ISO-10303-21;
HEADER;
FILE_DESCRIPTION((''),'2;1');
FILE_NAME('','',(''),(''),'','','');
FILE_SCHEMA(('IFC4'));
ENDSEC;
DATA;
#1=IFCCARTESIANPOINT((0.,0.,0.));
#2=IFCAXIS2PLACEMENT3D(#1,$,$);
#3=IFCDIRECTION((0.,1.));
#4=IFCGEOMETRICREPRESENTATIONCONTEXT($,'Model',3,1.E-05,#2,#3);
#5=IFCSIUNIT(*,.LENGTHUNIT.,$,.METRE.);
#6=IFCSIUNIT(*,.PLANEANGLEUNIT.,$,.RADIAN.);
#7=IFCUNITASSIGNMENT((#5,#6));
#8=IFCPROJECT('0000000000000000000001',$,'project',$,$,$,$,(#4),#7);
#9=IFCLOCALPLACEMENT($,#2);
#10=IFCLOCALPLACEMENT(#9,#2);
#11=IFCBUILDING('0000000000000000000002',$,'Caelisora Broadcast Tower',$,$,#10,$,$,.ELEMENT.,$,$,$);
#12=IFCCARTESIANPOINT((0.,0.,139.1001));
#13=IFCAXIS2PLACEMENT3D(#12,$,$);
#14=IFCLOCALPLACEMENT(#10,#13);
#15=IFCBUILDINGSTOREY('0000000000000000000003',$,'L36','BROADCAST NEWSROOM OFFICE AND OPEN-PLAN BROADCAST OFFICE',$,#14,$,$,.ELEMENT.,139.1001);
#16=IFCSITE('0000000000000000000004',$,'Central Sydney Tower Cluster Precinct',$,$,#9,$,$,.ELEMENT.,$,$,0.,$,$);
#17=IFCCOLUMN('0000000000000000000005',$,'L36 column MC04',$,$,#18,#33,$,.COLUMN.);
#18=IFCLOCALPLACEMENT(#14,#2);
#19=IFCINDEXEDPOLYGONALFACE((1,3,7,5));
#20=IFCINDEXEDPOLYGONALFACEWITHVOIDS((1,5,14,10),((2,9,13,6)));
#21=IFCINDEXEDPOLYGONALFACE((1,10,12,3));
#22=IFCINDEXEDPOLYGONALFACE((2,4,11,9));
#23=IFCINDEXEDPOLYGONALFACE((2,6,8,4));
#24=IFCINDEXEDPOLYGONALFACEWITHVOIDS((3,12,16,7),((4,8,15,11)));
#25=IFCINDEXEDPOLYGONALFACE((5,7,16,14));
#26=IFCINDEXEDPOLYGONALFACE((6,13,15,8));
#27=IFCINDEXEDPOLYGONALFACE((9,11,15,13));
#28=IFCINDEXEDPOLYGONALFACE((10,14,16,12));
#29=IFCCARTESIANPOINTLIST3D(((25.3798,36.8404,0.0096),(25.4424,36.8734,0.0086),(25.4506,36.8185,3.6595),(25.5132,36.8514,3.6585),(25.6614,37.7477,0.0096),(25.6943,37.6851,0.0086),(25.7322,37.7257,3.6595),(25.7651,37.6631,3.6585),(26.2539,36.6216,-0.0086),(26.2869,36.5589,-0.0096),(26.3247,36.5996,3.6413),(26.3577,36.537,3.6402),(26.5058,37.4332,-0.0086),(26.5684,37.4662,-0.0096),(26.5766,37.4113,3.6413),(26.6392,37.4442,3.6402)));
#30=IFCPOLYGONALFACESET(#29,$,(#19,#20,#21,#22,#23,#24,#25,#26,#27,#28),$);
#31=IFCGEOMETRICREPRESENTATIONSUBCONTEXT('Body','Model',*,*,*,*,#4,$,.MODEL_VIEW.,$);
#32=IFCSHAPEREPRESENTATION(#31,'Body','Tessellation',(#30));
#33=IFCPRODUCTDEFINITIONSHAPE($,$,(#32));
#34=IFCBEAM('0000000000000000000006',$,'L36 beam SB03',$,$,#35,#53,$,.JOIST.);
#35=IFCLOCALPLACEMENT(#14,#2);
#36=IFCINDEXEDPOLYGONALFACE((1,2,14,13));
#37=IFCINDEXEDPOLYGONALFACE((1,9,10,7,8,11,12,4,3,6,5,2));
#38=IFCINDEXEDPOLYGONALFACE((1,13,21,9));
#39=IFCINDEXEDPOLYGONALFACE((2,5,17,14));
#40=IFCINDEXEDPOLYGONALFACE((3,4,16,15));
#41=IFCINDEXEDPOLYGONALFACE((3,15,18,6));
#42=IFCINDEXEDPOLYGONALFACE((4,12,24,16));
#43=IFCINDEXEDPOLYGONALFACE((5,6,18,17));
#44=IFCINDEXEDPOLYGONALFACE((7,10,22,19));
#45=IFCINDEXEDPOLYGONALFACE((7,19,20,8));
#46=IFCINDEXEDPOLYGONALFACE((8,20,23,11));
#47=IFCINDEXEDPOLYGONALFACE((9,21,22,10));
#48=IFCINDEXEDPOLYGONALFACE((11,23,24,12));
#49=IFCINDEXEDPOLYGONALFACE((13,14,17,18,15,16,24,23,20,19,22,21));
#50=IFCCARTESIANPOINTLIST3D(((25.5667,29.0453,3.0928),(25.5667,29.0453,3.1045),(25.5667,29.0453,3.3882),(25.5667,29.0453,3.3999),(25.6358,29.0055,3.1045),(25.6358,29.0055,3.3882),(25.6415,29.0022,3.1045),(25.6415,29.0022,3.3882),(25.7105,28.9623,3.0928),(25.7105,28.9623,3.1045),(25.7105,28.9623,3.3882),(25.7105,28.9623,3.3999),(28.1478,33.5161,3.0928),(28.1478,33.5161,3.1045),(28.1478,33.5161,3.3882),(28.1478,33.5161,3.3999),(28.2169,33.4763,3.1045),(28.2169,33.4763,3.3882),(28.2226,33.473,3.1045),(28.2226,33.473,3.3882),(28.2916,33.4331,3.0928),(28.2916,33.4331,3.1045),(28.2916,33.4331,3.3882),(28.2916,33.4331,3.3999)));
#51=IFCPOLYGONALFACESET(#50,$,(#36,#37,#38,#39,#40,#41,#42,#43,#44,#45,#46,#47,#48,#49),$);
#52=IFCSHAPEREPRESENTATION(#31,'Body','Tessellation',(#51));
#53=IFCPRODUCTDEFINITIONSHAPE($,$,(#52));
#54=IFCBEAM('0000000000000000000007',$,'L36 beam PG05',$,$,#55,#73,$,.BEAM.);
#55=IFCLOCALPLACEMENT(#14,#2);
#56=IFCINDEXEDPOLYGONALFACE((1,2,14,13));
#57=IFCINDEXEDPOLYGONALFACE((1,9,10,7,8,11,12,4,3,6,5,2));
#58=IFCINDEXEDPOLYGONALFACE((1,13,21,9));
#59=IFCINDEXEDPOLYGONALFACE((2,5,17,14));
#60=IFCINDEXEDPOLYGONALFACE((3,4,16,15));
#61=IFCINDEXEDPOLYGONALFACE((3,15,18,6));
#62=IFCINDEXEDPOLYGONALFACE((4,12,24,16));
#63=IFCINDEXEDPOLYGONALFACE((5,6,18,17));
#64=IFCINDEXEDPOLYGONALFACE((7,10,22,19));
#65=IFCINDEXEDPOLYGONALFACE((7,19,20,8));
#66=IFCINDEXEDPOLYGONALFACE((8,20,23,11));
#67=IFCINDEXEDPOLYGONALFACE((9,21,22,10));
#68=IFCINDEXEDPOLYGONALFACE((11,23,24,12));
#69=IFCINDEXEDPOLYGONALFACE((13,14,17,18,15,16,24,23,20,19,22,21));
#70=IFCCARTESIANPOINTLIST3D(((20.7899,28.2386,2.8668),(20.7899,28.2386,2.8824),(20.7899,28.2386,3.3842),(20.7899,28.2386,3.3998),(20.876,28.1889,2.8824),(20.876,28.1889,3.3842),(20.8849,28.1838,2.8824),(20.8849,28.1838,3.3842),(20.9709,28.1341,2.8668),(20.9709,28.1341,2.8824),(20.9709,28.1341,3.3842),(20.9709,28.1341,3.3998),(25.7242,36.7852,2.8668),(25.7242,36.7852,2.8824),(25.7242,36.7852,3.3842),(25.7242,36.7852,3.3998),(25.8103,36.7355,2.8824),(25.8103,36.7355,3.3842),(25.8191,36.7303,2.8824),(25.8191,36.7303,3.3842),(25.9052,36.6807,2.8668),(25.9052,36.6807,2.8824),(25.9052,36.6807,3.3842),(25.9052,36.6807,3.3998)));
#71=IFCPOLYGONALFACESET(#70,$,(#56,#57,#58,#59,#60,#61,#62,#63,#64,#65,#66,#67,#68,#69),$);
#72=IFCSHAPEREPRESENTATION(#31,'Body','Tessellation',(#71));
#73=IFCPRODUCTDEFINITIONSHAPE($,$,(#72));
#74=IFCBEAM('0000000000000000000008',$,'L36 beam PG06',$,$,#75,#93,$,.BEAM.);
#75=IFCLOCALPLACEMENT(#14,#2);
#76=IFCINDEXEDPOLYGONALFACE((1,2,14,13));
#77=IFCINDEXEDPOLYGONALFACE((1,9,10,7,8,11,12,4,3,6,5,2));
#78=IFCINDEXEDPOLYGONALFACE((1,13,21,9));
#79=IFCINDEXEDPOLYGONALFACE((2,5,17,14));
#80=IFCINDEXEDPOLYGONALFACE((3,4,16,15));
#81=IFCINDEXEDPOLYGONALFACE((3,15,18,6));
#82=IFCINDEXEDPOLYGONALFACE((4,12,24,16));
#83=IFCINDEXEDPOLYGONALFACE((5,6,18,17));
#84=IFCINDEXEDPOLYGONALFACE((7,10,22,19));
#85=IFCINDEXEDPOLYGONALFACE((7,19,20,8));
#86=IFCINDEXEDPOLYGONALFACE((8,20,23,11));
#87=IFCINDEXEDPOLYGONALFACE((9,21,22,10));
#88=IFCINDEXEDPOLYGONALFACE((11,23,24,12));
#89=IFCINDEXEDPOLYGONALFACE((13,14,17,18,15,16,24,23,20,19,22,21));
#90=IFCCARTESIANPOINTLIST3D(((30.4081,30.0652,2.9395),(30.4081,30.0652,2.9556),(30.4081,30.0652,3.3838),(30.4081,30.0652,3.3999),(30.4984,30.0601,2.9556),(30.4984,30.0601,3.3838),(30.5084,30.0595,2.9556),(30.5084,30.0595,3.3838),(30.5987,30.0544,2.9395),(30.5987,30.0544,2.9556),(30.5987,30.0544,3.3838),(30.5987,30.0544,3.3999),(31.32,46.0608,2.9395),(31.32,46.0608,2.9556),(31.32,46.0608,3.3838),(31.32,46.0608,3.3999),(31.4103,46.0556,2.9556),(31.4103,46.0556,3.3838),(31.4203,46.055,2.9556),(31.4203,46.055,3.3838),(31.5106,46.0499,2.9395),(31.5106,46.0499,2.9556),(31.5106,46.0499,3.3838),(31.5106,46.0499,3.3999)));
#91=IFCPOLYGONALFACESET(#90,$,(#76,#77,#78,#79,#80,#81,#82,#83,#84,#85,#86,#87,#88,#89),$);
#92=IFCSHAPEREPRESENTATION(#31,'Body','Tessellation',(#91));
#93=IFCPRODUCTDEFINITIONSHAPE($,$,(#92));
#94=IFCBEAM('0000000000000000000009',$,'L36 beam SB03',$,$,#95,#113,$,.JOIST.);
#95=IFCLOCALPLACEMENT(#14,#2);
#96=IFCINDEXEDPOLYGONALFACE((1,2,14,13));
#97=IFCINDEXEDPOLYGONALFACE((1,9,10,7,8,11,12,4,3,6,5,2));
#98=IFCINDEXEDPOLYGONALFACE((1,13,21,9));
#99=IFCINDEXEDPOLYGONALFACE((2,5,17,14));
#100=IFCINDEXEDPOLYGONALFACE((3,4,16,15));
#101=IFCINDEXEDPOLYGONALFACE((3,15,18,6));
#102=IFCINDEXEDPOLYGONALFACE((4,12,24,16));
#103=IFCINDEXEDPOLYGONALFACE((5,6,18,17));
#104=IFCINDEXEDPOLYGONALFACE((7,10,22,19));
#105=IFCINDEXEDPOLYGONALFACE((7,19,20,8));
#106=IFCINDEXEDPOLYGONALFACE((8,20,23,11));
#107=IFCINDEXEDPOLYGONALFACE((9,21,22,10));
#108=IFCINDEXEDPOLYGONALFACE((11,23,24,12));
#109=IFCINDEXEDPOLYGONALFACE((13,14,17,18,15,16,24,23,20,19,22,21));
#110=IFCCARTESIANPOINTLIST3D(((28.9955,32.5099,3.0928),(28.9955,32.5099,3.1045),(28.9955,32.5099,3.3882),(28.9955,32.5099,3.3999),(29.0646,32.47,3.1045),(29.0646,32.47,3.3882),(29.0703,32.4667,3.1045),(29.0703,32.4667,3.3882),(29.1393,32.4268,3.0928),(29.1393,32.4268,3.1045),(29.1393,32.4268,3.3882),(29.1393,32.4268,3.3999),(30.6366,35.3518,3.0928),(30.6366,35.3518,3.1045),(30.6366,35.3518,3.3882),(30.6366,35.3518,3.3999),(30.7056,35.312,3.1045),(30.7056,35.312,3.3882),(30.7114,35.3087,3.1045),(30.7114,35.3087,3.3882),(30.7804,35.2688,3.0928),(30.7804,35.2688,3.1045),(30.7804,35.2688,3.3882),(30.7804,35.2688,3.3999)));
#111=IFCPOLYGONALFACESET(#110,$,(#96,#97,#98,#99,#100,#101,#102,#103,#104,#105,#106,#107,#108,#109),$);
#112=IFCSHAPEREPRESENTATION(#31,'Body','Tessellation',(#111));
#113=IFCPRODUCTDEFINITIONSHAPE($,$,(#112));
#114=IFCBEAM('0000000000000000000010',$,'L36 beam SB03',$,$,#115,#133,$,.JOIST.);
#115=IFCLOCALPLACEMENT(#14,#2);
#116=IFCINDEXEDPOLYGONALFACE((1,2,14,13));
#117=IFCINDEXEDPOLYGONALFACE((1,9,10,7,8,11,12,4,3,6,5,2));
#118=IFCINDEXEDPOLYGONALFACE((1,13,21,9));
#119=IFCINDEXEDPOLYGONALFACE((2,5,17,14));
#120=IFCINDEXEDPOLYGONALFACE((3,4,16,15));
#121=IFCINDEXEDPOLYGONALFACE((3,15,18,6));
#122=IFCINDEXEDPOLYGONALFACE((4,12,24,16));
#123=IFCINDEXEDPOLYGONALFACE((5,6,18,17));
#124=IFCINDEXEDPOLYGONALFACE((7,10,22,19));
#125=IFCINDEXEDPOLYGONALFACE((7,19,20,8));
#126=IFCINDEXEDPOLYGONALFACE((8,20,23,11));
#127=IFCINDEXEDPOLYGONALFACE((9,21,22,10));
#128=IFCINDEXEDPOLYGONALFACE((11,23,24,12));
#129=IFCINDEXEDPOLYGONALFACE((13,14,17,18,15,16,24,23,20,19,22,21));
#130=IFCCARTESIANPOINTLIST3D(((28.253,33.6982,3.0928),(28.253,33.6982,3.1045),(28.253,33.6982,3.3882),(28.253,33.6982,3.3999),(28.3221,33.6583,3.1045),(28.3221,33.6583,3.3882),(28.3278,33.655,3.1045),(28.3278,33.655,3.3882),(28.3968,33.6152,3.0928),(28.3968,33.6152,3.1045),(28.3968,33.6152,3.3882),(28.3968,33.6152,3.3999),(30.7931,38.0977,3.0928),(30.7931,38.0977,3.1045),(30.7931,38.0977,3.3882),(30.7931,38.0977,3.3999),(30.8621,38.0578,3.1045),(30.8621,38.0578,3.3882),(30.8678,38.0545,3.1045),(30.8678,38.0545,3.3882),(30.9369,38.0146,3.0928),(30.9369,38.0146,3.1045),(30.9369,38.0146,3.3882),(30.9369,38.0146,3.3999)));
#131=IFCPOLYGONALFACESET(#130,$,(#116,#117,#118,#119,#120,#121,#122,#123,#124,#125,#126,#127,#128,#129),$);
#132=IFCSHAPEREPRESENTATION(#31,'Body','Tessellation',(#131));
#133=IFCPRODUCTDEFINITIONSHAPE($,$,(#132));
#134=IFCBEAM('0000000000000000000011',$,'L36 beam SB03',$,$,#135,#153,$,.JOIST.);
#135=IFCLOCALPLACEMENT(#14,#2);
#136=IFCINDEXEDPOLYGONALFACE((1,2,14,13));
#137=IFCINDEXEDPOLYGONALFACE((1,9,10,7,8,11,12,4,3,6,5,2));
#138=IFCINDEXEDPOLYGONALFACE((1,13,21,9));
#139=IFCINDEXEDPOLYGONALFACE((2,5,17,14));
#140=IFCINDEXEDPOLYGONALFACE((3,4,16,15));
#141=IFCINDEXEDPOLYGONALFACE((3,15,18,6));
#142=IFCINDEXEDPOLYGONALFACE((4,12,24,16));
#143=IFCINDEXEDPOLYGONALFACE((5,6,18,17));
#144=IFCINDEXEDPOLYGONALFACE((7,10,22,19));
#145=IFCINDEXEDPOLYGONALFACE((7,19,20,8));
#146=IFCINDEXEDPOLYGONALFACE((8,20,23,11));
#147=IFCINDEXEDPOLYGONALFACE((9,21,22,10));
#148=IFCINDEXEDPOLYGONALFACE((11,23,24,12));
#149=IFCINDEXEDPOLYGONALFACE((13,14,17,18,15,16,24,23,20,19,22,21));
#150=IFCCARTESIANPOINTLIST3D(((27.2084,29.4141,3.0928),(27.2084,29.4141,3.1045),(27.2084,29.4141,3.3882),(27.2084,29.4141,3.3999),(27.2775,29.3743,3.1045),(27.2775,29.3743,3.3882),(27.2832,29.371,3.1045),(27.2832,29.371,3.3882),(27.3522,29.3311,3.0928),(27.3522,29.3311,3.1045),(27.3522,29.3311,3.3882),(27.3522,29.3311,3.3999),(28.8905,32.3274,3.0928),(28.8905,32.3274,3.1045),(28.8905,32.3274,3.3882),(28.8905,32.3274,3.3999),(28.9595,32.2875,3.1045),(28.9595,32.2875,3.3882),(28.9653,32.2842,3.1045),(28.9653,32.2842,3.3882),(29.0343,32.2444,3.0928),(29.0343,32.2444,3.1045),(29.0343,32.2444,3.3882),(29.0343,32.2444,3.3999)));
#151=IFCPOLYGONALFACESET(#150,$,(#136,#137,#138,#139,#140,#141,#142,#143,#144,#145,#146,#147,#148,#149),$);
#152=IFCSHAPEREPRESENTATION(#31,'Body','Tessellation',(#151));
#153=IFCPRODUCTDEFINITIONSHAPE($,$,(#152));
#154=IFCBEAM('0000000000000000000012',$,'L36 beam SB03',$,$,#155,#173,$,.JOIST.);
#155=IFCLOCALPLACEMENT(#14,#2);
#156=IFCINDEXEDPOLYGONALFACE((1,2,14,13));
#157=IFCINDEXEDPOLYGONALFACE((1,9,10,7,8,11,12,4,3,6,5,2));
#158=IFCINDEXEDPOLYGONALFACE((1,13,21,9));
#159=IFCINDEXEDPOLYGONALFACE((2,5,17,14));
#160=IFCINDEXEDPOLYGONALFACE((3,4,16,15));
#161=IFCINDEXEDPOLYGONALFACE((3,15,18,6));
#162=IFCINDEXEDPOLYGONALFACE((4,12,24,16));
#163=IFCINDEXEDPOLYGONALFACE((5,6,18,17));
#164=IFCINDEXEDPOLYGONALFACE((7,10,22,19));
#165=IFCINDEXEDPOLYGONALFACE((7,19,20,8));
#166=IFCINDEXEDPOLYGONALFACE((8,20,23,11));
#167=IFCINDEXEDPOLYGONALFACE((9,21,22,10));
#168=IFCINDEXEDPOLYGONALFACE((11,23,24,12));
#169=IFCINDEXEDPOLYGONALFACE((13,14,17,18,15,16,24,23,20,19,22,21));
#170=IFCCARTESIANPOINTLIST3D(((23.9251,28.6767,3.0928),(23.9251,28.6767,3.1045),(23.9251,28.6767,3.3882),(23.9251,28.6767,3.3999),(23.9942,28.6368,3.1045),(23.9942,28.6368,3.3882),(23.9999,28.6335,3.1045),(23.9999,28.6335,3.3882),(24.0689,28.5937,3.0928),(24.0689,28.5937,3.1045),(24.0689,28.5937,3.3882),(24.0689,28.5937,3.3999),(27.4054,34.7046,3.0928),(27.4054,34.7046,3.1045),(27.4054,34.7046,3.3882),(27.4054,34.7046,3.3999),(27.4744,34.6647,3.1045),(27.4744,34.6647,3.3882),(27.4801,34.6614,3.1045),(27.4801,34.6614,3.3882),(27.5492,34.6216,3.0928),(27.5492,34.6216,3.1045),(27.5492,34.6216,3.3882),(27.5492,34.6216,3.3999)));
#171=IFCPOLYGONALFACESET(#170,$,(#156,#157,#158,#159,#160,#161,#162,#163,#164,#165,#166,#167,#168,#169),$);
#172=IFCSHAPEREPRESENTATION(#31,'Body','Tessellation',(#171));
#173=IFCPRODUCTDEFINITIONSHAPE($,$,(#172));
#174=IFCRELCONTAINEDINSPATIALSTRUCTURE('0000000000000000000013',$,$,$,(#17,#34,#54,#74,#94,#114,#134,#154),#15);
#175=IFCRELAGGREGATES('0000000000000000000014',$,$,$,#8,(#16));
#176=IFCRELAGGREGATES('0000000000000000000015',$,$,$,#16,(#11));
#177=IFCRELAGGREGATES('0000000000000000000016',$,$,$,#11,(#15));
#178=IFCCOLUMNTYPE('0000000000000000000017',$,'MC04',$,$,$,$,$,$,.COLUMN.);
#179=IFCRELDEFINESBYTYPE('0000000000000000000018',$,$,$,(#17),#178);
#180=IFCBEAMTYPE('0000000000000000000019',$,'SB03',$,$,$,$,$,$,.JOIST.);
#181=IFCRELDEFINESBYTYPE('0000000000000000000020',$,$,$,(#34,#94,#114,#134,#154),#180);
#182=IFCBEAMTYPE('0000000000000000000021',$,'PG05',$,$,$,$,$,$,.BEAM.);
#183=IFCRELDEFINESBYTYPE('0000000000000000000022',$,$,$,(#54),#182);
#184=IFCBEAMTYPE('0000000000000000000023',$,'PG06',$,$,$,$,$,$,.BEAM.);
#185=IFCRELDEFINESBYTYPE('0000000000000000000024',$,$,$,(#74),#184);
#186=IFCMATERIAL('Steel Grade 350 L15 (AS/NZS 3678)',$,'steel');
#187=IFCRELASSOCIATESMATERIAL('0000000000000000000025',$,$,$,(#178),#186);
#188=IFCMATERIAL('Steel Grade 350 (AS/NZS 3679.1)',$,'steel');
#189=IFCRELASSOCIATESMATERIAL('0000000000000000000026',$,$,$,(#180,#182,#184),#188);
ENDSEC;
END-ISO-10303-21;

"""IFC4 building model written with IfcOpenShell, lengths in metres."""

from ifc_helpers import new_model, si_unit, direction, frame, origin, origin_2d, place, context, subcontext, project, spatial, hollow_rectangle, i_section, extrude, source, transform, mapped, material, material_profile, profile_set, type_object, type_shapes, element, save


model = new_model("IFC4")

# Units and contexts
model_context = context("Model", 3, precision=1e-05, world=origin(), true_north=direction((0.0, 1.0)))
body_context = subcontext(model_context, "Body", "Model", "MODEL_VIEW")
ifc_project = project(units=[si_unit("LENGTHUNIT", "METRE"), si_unit("PLANEANGLEUNIT", "RADIAN")], contexts=[model_context])

# Site, building, storey
site_placement = place(None, origin())
site = spatial("IfcSite", under=ifc_project, at=site_placement, Name="Central Sydney Tower Cluster Precinct", CompositionType="ELEMENT", RefElevation=0.0)
building_placement = place(site_placement, origin())
building = spatial("IfcBuilding", under=site, at=building_placement, Name="Caelisora Broadcast Tower", CompositionType="ELEMENT")
storey_placement = place(building_placement, frame((0.0, 0.0, 139.1001)))
storey = spatial("IfcBuildingStorey", under=building, at=storey_placement, Name="L36", Description="BROADCAST NEWSROOM OFFICE AND OPEN-PLAN BROADCAST OFFICE", CompositionType="ELEMENT", Elevation=139.1001)

# Column
ifc_material_1 = material(Name="Steel Grade 350 L15 (AS/NZS 3678)", Category="steel")
ifc_material_profile_1 = material_profile(ifc_material_1, hollow_rectangle(XDim=0.95, YDim=0.95, WallThickness=0.05, at=origin_2d()), Name="Steel Grade 350 L15 (AS/NZS 3678)")
ifc_profile_set_1 = profile_set([ifc_material_profile_1], Name="Steel Grade 350 L15 (AS/NZS 3678)")
column_type = type_object("IfcColumnType", Name="MC04", PredefinedType="COLUMN", material=ifc_profile_set_1)
shared_shape_1 = source(origin(), body_context, "Body", "SweptSolid", [
    extrude(hollow_rectangle(XDim=0.95, YDim=0.95, WallThickness=0.05, at=origin_2d()), origin(), (0.0, 0.0, 1.0), 3.6506),
])
type_shapes(column_type, [shared_shape_1])
column_placement = place(storey_placement, frame((25.9741, 37.1533, 0.0), z_axis=(0.019394, -0.006019, 0.999794), x_axis=(0.296399, 0.955064, 0.0)))
element("IfcColumn", 1, at=column_placement, inside=storey, type_object=column_type, Name="L36 column MC04", PredefinedType="COLUMN", context=body_context, shape_type="MappedRepresentation", body=[
    mapped(shared_shape_1, transform((0.0, 0.0, 0.0), scale=1.0)),
])

# Beams
ifc_material_2 = material(Name="Steel Grade 350 (AS/NZS 3679.1)", Category="steel")
ifc_material_profile_2 = material_profile(ifc_material_2, i_section(OverallWidth=0.166, OverallDepth=0.3071, WebThickness=0.0066, FlangeThickness=0.0117, at=origin_2d()), Name="Steel Grade 350 (AS/NZS 3679.1)")
ifc_profile_set_2 = profile_set([ifc_material_profile_2], Name="Steel Grade 350 (AS/NZS 3679.1)")
beam_type_1 = type_object("IfcBeamType", Name="SB03", PredefinedType="JOIST", material=ifc_profile_set_2)
shared_shape_2 = source(origin(), body_context, "Body", "SweptSolid", [
    extrude(i_section(OverallWidth=0.166, OverallDepth=0.3071, WebThickness=0.0066, FlangeThickness=0.0117, at=origin_2d()), origin(), (0.0, 0.0, 1.0), 5.1624),
])
beam_1_placement = place(storey_placement, frame((28.2197, 33.4746, 3.2463), z_axis=(-0.499984, -0.866034, 0.0), x_axis=(0.866034, -0.499984, 0.0)))
element("IfcBeam", 2, at=beam_1_placement, inside=storey, type_object=beam_type_1, Name="L36 beam SB03", PredefinedType="JOIST", context=body_context, shape_type="MappedRepresentation", body=[
    mapped(shared_shape_2, transform((0.0, 0.0, 0.0), scale=1.0)),
])
ifc_material_profile_3 = material_profile(ifc_material_2, i_section(OverallWidth=0.209, OverallDepth=0.533, WebThickness=0.0103, FlangeThickness=0.0156, at=origin_2d()), Name="Steel Grade 350 (AS/NZS 3679.1)")
ifc_profile_set_3 = profile_set([ifc_material_profile_3], Name="Steel Grade 350 (AS/NZS 3679.1)")
beam_type_2 = type_object("IfcBeamType", Name="PG05", PredefinedType="BEAM", material=ifc_profile_set_3)
shared_shape_3 = source(origin(), body_context, "Body", "SweptSolid", [
    extrude(i_section(OverallWidth=0.209, OverallDepth=0.533, WebThickness=0.0103, FlangeThickness=0.0156, at=origin_2d()), origin(), (0.0, 0.0, 1.0), 9.8687),
])
type_shapes(beam_type_2, [shared_shape_3])
beam_2_placement = place(storey_placement, frame((25.8147, 36.7329, 3.1333), z_axis=(-0.499994, -0.866029, 0.0), x_axis=(0.866029, -0.499994, 0.0)))
element("IfcBeam", 3, at=beam_2_placement, inside=storey, type_object=beam_type_2, Name="L36 beam PG05", PredefinedType="BEAM", context=body_context, shape_type="MappedRepresentation", body=[
    mapped(shared_shape_3, transform((0.0, 0.0, 0.0), scale=1.0)),
])
ifc_material_profile_4 = material_profile(ifc_material_2, i_section(OverallWidth=0.1909, OverallDepth=0.4604, WebThickness=0.01, FlangeThickness=0.0161, at=origin_2d()), Name="Steel Grade 350 (AS/NZS 3679.1)")
ifc_profile_set_4 = profile_set([ifc_material_profile_4], Name="Steel Grade 350 (AS/NZS 3679.1)")
beam_type_3 = type_object("IfcBeamType", Name="PG06", PredefinedType="BEAM", material=ifc_profile_set_4)
shared_shape_4 = source(origin(), body_context, "Body", "SweptSolid", [
    extrude(i_section(OverallWidth=0.1909, OverallDepth=0.4604, WebThickness=0.01, FlangeThickness=0.0161, at=origin_2d()), origin(), (0.0, 0.0, 1.0), 16.0215),
])
type_shapes(beam_type_3, [shared_shape_4])
beam_3_placement = place(storey_placement, frame((30.5034, 30.0598, 3.1697), z_axis=(0.056915, 0.998379, 0.0), x_axis=(-0.998379, 0.056915, 0.0)))
element("IfcBeam", 4, at=beam_3_placement, inside=storey, type_object=beam_type_3, Name="L36 beam PG06", PredefinedType="BEAM", context=body_context, shape_type="MappedRepresentation", body=[
    mapped(shared_shape_4, transform((0.0, 0.0, 0.0), scale=1.0)),
])
shared_shape_5 = source(origin(), body_context, "Body", "SweptSolid", [
    extrude(i_section(OverallWidth=0.166, OverallDepth=0.3071, WebThickness=0.0066, FlangeThickness=0.0117, at=origin_2d()), origin(), (0.0, 0.0, 1.0), 3.2817),
])
beam_4_placement = place(storey_placement, frame((30.7085, 35.3103, 3.2463), z_axis=(-0.500059, -0.865991, 0.0), x_axis=(0.865991, -0.500059, 0.0)))
element("IfcBeam", 5, at=beam_4_placement, inside=storey, type_object=beam_type_1, Name="L36 beam SB03", PredefinedType="JOIST", context=body_context, shape_type="MappedRepresentation", body=[
    mapped(shared_shape_5, transform((0.0, 0.0, 0.0), scale=1.0)),
])
shared_shape_6 = source(origin(), body_context, "Body", "SweptSolid", [
    extrude(i_section(OverallWidth=0.166, OverallDepth=0.3071, WebThickness=0.0066, FlangeThickness=0.0117, at=origin_2d()), origin(), (0.0, 0.0, 1.0), 5.0801),
])
beam_5_placement = place(storey_placement, frame((30.865, 38.0562, 3.2463), z_axis=(-0.500005, -0.866022, 0.0), x_axis=(0.866022, -0.500005, 0.0)))
element("IfcBeam", 6, at=beam_5_placement, inside=storey, type_object=beam_type_1, Name="L36 beam SB03", PredefinedType="JOIST", context=body_context, shape_type="MappedRepresentation", body=[
    mapped(shared_shape_6, transform((0.0, 0.0, 0.0), scale=1.0)),
])
shared_shape_7 = source(origin(), body_context, "Body", "SweptSolid", [
    extrude(i_section(OverallWidth=0.166, OverallDepth=0.3071, WebThickness=0.0066, FlangeThickness=0.0117, at=origin_2d()), origin(), (0.0, 0.0, 1.0), 3.364),
])
beam_6_placement = place(storey_placement, frame((28.9624, 32.2859, 3.2463), z_axis=(-0.500026, -0.86601, 0.0), x_axis=(0.86601, -0.500026, 0.0)))
element("IfcBeam", 7, at=beam_6_placement, inside=storey, type_object=beam_type_1, Name="L36 beam SB03", PredefinedType="JOIST", context=body_context, shape_type="MappedRepresentation", body=[
    mapped(shared_shape_7, transform((0.0, 0.0, 0.0), scale=1.0)),
])
shared_shape_8 = source(origin(), body_context, "Body", "SweptSolid", [
    extrude(i_section(OverallWidth=0.166, OverallDepth=0.3071, WebThickness=0.0066, FlangeThickness=0.0117, at=origin_2d()), origin(), (0.0, 0.0, 1.0), 6.9604),
])
beam_7_placement = place(storey_placement, frame((27.4773, 34.6631, 3.2463), z_axis=(-0.500006, -0.866022, 0.0), x_axis=(0.866022, -0.500006, 0.0)))
element("IfcBeam", 8, at=beam_7_placement, inside=storey, type_object=beam_type_1, Name="L36 beam SB03", PredefinedType="JOIST", context=body_context, shape_type="MappedRepresentation", body=[
    mapped(shared_shape_8, transform((0.0, 0.0, 0.0), scale=1.0)),
])

save(model, "model.ifc")
